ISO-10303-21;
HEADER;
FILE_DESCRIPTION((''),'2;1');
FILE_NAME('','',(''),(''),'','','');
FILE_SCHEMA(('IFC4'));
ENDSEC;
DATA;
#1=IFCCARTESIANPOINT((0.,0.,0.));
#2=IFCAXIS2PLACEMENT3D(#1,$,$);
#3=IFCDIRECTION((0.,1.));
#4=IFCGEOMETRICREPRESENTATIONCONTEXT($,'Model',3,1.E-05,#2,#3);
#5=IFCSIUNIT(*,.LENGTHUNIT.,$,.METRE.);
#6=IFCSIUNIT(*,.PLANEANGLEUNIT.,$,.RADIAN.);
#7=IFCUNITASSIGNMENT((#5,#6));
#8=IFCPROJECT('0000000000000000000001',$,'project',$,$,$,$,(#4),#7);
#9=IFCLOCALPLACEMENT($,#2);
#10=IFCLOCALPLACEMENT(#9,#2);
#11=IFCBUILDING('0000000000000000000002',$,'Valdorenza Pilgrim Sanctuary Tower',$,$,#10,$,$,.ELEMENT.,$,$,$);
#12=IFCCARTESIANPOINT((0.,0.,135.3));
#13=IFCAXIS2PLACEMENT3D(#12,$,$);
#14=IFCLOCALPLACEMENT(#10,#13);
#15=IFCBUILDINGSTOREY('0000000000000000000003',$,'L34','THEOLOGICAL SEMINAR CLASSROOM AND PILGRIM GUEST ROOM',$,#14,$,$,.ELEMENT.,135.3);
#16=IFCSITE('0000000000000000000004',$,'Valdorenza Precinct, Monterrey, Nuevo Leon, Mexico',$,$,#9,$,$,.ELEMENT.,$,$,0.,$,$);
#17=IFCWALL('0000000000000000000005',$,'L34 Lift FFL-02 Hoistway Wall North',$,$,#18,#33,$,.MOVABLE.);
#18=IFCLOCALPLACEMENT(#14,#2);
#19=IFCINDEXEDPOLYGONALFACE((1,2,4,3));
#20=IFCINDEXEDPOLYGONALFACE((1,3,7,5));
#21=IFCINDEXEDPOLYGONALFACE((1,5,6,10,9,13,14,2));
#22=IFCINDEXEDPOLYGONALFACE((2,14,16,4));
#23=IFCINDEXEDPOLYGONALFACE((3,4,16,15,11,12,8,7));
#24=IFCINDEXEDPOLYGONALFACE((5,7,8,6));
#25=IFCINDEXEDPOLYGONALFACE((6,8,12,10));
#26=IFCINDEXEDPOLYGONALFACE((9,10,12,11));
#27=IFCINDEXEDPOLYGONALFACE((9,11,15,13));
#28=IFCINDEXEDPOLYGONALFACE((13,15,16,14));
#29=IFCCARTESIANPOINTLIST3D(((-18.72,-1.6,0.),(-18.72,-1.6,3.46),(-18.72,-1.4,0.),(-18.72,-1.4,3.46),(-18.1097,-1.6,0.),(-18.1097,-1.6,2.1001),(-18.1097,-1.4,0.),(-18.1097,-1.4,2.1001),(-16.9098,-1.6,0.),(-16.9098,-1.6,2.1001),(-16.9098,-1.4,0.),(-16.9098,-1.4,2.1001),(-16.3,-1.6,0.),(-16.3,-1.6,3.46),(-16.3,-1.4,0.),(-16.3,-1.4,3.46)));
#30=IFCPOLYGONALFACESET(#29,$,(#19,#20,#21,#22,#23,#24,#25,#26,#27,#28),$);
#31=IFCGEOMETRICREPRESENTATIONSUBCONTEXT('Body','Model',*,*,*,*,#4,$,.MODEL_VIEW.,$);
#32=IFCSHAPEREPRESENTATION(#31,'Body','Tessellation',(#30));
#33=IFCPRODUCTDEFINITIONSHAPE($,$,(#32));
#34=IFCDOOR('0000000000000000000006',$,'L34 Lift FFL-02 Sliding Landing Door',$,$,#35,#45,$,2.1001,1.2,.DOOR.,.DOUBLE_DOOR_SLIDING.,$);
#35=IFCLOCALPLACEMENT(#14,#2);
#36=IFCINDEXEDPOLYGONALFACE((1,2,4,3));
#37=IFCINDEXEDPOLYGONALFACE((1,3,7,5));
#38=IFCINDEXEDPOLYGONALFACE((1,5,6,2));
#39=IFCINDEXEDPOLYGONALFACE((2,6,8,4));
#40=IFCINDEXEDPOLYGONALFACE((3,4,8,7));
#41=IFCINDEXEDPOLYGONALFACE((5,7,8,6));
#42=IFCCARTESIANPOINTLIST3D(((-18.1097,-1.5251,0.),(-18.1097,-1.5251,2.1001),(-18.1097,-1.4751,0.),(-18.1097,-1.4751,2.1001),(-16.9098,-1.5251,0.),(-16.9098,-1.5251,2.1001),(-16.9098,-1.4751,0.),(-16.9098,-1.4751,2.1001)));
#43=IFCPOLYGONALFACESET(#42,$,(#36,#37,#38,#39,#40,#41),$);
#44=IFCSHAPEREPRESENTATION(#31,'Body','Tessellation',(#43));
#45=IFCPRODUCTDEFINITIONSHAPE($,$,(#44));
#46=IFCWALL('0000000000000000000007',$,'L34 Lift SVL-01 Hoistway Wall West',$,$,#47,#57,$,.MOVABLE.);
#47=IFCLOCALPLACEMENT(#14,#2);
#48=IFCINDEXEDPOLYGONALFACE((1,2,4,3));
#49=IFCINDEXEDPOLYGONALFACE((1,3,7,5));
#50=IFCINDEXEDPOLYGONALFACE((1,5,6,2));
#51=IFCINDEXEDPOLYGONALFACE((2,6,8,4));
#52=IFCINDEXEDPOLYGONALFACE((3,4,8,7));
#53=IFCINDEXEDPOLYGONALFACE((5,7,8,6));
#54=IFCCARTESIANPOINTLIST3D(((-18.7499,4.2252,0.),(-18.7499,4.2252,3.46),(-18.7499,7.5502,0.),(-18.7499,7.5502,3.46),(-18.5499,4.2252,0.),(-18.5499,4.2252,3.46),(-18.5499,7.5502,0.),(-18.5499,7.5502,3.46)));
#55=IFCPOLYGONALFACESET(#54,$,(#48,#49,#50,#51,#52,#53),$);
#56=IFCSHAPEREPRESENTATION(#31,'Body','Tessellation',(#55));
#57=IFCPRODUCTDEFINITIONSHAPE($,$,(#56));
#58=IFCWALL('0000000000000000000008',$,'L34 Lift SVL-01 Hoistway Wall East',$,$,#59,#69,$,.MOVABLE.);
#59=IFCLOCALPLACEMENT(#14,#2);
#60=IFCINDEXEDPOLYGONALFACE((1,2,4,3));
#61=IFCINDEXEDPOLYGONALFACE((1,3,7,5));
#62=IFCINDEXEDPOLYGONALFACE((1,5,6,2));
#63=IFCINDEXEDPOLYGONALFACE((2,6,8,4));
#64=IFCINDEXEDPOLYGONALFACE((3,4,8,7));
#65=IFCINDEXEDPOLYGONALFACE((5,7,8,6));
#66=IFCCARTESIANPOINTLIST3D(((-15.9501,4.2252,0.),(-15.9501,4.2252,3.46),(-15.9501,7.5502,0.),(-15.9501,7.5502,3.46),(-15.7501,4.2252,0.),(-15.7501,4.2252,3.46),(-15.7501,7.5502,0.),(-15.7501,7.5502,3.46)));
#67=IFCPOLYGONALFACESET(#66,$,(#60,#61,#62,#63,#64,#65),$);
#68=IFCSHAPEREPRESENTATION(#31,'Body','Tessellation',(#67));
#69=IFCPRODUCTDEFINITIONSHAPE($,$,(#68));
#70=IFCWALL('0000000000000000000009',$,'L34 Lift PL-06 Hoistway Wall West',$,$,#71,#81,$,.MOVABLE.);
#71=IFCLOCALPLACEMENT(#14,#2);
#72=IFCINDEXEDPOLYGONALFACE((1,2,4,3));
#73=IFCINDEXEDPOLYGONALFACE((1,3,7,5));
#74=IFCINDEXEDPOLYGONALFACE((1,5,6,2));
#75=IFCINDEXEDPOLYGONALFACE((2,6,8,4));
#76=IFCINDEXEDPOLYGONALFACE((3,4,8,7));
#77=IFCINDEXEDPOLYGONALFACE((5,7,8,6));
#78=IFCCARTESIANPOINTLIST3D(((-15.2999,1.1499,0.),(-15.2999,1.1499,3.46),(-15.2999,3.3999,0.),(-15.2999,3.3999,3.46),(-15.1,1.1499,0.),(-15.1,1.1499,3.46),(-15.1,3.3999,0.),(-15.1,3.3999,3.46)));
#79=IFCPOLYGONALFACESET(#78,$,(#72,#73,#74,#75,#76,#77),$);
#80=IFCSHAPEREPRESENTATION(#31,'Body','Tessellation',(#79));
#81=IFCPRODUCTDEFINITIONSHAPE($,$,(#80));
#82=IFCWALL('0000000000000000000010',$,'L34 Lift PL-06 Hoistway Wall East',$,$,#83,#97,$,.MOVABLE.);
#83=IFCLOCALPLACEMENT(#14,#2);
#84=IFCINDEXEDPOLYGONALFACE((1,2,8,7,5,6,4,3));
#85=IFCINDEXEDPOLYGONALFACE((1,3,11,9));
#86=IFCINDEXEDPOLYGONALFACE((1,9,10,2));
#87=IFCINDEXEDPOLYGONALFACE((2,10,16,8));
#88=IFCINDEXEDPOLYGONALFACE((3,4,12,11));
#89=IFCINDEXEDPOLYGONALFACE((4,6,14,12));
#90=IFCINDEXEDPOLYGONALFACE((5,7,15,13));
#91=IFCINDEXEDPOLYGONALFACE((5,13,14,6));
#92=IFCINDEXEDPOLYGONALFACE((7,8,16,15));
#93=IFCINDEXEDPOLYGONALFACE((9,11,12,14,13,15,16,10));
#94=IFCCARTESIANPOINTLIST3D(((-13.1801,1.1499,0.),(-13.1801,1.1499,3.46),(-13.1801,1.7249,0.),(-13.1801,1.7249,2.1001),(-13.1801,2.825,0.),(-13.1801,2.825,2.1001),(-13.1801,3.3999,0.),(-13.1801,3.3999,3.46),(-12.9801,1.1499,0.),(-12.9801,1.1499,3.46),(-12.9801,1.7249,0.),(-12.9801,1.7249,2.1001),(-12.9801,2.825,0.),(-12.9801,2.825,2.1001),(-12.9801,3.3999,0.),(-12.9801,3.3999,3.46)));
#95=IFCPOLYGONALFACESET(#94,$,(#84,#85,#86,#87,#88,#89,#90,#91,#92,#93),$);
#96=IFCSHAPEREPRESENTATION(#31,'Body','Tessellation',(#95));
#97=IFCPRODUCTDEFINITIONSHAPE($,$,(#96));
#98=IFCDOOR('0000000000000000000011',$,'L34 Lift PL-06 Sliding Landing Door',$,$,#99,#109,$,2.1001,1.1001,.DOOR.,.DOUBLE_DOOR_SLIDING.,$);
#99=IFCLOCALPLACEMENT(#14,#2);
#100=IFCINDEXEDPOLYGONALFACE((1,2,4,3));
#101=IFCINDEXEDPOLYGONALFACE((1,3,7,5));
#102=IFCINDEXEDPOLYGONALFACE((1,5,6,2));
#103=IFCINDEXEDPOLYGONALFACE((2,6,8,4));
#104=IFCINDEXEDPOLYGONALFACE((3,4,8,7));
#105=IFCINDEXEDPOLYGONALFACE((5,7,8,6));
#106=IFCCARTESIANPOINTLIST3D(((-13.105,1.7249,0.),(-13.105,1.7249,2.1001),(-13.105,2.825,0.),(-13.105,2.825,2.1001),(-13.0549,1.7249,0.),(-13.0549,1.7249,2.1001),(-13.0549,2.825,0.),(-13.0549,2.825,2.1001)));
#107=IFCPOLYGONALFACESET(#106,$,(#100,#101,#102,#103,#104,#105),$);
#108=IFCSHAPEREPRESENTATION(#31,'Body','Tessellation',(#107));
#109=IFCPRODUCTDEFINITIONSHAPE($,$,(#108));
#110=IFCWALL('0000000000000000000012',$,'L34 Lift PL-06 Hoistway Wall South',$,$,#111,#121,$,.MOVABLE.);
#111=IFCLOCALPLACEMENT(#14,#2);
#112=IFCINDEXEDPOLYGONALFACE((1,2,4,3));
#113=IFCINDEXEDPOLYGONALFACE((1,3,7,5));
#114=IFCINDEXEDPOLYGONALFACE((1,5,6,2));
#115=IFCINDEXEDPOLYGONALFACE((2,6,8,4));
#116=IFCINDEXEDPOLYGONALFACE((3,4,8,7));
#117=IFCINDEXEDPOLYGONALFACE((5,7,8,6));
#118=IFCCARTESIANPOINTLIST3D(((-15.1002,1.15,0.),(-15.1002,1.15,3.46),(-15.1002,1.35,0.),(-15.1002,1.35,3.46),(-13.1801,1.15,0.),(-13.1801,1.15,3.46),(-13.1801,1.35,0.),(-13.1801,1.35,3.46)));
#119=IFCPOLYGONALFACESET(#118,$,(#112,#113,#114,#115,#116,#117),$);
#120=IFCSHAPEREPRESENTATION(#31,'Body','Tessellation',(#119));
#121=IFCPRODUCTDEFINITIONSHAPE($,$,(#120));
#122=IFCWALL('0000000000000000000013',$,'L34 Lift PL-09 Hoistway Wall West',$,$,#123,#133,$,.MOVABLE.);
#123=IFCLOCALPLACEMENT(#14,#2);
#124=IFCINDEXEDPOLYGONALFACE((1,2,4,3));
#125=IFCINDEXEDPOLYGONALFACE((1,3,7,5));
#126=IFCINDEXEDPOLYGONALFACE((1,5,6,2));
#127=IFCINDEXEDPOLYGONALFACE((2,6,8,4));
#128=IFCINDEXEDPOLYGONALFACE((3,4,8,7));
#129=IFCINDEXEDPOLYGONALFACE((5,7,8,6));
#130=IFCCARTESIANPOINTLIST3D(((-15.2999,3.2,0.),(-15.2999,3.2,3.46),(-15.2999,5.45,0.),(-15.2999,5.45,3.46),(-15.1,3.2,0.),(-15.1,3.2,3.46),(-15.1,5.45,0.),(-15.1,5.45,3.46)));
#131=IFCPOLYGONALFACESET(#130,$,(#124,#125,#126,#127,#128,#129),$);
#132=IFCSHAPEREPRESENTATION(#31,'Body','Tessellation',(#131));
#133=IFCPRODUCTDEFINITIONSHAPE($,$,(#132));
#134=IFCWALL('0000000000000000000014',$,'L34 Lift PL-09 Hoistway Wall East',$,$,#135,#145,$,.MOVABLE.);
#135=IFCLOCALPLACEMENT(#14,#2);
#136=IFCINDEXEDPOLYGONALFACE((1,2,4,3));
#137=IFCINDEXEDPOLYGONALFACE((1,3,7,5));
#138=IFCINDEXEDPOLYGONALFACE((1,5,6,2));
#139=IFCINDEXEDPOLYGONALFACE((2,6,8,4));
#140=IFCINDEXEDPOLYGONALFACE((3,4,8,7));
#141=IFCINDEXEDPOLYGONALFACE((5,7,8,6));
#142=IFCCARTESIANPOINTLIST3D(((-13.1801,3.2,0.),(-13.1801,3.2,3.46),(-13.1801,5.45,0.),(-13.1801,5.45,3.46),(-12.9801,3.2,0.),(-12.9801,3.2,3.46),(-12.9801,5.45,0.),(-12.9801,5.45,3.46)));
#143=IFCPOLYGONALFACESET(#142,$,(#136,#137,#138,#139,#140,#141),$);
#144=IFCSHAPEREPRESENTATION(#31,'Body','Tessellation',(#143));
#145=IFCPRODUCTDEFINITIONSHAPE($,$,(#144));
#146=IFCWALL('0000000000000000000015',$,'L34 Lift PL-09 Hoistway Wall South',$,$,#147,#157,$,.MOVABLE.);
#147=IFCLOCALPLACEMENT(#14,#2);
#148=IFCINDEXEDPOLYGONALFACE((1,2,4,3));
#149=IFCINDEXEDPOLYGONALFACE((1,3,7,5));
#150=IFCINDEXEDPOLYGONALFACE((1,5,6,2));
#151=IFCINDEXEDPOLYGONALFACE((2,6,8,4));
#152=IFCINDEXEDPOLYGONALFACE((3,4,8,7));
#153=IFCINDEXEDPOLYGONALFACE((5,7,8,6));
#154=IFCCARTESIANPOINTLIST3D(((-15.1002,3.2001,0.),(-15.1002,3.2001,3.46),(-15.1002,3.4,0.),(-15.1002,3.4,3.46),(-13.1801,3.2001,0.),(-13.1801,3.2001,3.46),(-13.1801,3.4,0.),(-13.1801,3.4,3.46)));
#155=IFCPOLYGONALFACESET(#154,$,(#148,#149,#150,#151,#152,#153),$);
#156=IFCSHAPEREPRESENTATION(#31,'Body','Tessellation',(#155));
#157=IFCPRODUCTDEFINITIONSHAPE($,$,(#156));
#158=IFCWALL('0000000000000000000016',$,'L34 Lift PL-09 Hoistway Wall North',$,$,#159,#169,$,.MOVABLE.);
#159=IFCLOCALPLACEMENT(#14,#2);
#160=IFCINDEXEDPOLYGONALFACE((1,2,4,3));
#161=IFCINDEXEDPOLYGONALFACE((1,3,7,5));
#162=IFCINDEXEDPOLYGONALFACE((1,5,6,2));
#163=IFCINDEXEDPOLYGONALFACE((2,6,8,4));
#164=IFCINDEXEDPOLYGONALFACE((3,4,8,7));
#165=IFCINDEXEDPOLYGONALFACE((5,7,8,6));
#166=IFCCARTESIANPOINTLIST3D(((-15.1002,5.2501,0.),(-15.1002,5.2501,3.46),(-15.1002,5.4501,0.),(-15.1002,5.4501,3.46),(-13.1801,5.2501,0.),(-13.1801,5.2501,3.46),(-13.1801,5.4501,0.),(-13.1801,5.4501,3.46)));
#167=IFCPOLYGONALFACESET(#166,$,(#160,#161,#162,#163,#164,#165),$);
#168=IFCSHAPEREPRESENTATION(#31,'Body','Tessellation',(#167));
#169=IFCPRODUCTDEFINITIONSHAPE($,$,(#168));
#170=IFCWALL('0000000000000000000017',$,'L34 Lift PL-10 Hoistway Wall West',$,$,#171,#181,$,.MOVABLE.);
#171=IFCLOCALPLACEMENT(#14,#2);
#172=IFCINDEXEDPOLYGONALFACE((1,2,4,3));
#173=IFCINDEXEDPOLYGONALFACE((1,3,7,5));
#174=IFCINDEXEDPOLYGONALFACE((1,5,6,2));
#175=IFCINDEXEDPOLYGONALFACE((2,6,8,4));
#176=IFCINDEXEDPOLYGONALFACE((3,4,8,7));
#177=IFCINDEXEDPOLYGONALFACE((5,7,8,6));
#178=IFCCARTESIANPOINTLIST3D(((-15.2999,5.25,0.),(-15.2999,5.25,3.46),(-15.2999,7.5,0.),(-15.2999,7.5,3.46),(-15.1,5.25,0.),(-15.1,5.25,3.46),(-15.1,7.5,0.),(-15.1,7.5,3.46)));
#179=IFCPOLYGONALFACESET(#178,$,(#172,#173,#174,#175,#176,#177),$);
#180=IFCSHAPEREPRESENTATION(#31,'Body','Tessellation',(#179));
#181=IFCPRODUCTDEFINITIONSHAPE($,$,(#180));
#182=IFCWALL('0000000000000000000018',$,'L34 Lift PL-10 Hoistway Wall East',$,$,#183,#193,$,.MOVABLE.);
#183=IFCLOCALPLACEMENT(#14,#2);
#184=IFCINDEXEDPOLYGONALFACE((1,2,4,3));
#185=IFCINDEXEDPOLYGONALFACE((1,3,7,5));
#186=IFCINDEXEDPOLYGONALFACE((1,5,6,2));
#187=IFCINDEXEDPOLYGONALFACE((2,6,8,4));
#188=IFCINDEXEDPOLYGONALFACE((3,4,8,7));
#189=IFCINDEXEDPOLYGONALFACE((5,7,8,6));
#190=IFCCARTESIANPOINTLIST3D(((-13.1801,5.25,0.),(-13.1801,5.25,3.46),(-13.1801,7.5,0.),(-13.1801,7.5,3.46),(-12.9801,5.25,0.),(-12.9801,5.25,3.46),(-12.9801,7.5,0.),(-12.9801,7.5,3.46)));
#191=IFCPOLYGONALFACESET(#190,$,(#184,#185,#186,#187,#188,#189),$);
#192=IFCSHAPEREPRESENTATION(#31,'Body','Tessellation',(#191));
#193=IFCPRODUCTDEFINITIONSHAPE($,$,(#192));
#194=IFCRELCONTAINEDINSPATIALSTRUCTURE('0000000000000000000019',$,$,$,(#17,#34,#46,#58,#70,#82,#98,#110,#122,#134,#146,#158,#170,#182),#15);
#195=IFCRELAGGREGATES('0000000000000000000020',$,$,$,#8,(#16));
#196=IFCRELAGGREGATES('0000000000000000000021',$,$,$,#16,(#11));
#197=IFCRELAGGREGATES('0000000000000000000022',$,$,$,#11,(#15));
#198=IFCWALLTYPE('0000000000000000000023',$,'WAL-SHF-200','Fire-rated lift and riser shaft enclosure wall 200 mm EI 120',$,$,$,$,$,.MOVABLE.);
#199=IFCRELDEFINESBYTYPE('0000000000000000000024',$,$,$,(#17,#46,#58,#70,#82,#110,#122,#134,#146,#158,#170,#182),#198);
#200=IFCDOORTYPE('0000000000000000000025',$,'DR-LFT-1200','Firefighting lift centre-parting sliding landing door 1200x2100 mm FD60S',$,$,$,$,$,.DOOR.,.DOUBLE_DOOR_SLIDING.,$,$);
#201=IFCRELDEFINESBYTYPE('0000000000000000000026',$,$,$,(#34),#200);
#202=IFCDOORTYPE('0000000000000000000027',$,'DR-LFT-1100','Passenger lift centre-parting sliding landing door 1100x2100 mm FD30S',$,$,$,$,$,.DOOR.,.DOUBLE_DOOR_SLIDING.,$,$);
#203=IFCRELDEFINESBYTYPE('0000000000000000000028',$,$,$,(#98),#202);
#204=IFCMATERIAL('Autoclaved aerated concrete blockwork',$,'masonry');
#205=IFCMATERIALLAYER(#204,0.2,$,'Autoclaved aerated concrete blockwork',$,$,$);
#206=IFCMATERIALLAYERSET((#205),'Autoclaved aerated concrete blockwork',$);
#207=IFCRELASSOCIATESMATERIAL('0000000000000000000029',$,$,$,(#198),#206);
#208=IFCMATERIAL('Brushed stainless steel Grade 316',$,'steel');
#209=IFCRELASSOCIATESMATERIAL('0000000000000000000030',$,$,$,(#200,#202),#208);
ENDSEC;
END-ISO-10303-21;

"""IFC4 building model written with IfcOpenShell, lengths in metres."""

from ifc_helpers import new_model, si_unit, direction, frame, frame_2d, origin, place, context, subcontext, project, spatial, rectangle, extrude, material, layer, layer_set, type_object, element, fill, save


model = new_model("IFC4")

# Units and contexts
model_context = context("Model", 3, precision=1e-05, world=origin(), true_north=direction((0.0, 1.0)))
body_context = subcontext(model_context, "Body", "Model", "MODEL_VIEW")
ifc_project = project(units=[si_unit("LENGTHUNIT", "METRE"), si_unit("PLANEANGLEUNIT", "RADIAN")], contexts=[model_context])

# Site, building, storey
site_placement = place(None, origin())
site = spatial("IfcSite", under=ifc_project, at=site_placement, Name="Valdorenza Precinct, Monterrey, Nuevo Leon, Mexico", CompositionType="ELEMENT", RefElevation=0.0)
building_placement = place(site_placement, origin())
building = spatial("IfcBuilding", under=site, at=building_placement, Name="Valdorenza Pilgrim Sanctuary Tower", CompositionType="ELEMENT")
storey_placement = place(building_placement, frame((0.0, 0.0, 135.3)))
storey = spatial("IfcBuildingStorey", under=building, at=storey_placement, Name="L34", Description="THEOLOGICAL SEMINAR CLASSROOM AND PILGRIM GUEST ROOM", CompositionType="ELEMENT", Elevation=135.3)

# Shared definitions
ifc_material_1 = material(Name="Autoclaved aerated concrete blockwork", Category="masonry")
ifc_layer_1 = layer(ifc_material_1, 0.2, Name="Autoclaved aerated concrete blockwork")
ifc_layer_set_1 = layer_set([ifc_layer_1], Name="Autoclaved aerated concrete blockwork")
wall_type_1 = type_object("IfcWallType", Name="WAL-SHF-200", Description="Fire-rated lift and riser shaft enclosure wall 200 mm EI 120", PredefinedType="MOVABLE", material=ifc_layer_set_1)

# Shared definitions
ifc_material_2 = material(Name="Brushed stainless steel Grade 316", Category="steel")
door_type_1 = type_object("IfcDoorType", Name="DR-LFT-1200", Description="Firefighting lift centre-parting sliding landing door 1200x2100 mm FD60S", OperationType="DOUBLE_DOOR_SLIDING", PredefinedType="DOOR", material=ifc_material_2)

# Wall, opening, door
wall_1_placement = place(storey_placement, frame((-18.72, -1.5, 0.0), z_axis=(0.0, 0.0, 1.0), x_axis=(1.0, 0.0, 0.0)))
wall_1 = element("IfcWall", 1, at=wall_1_placement, inside=storey, type_object=wall_type_1, Name="L34 Lift FFL-02 Hoistway Wall North", PredefinedType="MOVABLE", context=body_context, shape_type="SweptSolid", body=[
    extrude(rectangle(XDim=2.4199, YDim=0.2, at=frame_2d((1.21, 0.0))), origin(), (0.0, 0.0, 1.0), 3.46),
])
opening_1_placement = place(wall_1_placement, frame((0.6101, 0.0, 0.0)))
opening_1 = element("IfcOpeningElement", 2, at=opening_1_placement, cuts=wall_1, PredefinedType="OPENING", context=body_context, shape_type="SweptSolid", body=[
    extrude(rectangle(XDim=1.2, YDim=2.1001, at=frame_2d((0.6001, 1.05))), frame((0.0, 0.1147, 0.0), z_axis=(0.0, -1.0, 0.0), x_axis=(1.0, 0.0, 0.0)), (0.0, 0.0, 1.0), 0.2297),
])
door_1_placement = place(opening_1_placement, origin())
door_1 = element("IfcDoor", 3, at=door_1_placement, inside=storey, type_object=door_type_1, Name="L34 Lift FFL-02 Sliding Landing Door", OperationType="DOUBLE_DOOR_SLIDING", OverallHeight=2.1001, OverallWidth=1.2, PredefinedType="DOOR", context=body_context, shape_type="SweptSolid", body=[
    extrude(rectangle(XDim=1.2, YDim=2.1001, at=frame_2d((0.6001, 1.05))), frame((0.0, 0.0249, 0.0), z_axis=(0.0, -1.0, 0.0), x_axis=(1.0, 0.0, 0.0)), (0.0, 0.0, 1.0), 0.05),
])
fill(opening_1, door_1)

# Walls
for number, where, z_axis, x_axis, name in (
    (4, (-18.6499, 4.2251, 0.0), (0.0, 0.0, 1.0), (0.0, 1.0, 0.0), "L34 Lift SVL-01 Hoistway Wall West"),
    (5, (-15.8501, 4.2251, 0.0), (0.0, 0.0, 1.0), (0.0, 1.0, 0.0), "L34 Lift SVL-01 Hoistway Wall East"),
):
    element("IfcWall", number, at=place(storey_placement, frame(where, z_axis=z_axis, x_axis=x_axis)), inside=storey, type_object=wall_type_1, Name=name, PredefinedType="MOVABLE", context=body_context, shape_type="SweptSolid", body=[
        extrude(rectangle(XDim=3.325, YDim=0.2, at=frame_2d((1.6626, 0.0))), origin(), (0.0, 0.0, 1.0), 3.46),
    ])
wall_2_placement = place(storey_placement, frame((-15.2, 1.1499, 0.0), z_axis=(0.0, 0.0, 1.0), x_axis=(0.0, 1.0, 0.0)))
element("IfcWall", 6, at=wall_2_placement, inside=storey, type_object=wall_type_1, Name="L34 Lift PL-06 Hoistway Wall West", PredefinedType="MOVABLE", context=body_context, shape_type="SweptSolid", body=[
    extrude(rectangle(XDim=2.25, YDim=0.2, at=frame_2d((1.125, 0.0))), origin(), (0.0, 0.0, 1.0), 3.46),
])

# Wall, opening, door
wall_3_placement = place(storey_placement, frame((-13.0801, 1.1499, 0.0), z_axis=(0.0, 0.0, 1.0), x_axis=(0.0, 1.0, 0.0)))
wall_3 = element("IfcWall", 7, at=wall_3_placement, inside=storey, type_object=wall_type_1, Name="L34 Lift PL-06 Hoistway Wall East", PredefinedType="MOVABLE", context=body_context, shape_type="SweptSolid", body=[
    extrude(rectangle(XDim=2.25, YDim=0.2, at=frame_2d((1.125, 0.0))), origin(), (0.0, 0.0, 1.0), 3.46),
])
opening_2_placement = place(wall_3_placement, frame((0.575, 0.0, 0.0)))
opening_2 = element("IfcOpeningElement", 8, at=opening_2_placement, cuts=wall_3, PredefinedType="OPENING", context=body_context, shape_type="SweptSolid", body=[
    extrude(rectangle(XDim=1.1001, YDim=2.1001, at=frame_2d((0.55, 1.05))), frame((0.0, 0.1147, 0.0), z_axis=(0.0, -1.0, 0.0), x_axis=(1.0, 0.0, 0.0)), (0.0, 0.0, 1.0), 0.2297),
])
door_type_2 = type_object("IfcDoorType", Name="DR-LFT-1100", Description="Passenger lift centre-parting sliding landing door 1100x2100 mm FD30S", OperationType="DOUBLE_DOOR_SLIDING", PredefinedType="DOOR", material=ifc_material_2)
door_2_placement = place(opening_2_placement, origin())
door_2 = element("IfcDoor", 9, at=door_2_placement, inside=storey, type_object=door_type_2, Name="L34 Lift PL-06 Sliding Landing Door", OperationType="DOUBLE_DOOR_SLIDING", OverallHeight=2.1001, OverallWidth=1.1001, PredefinedType="DOOR", context=body_context, shape_type="SweptSolid", body=[
    extrude(rectangle(XDim=1.1001, YDim=2.1001, at=frame_2d((0.55, 1.05))), frame((0.0, 0.0249, 0.0), z_axis=(0.0, -1.0, 0.0), x_axis=(1.0, 0.0, 0.0)), (0.0, 0.0, 1.0), 0.05),
])
fill(opening_2, door_2)

# Walls
wall_4_placement = place(storey_placement, frame((-15.1001, 1.25, 0.0), z_axis=(0.0, 0.0, 1.0), x_axis=(1.0, 0.0, 0.0)))
element("IfcWall", 10, at=wall_4_placement, inside=storey, type_object=wall_type_1, Name="L34 Lift PL-06 Hoistway Wall South", PredefinedType="MOVABLE", context=body_context, shape_type="SweptSolid", body=[
    extrude(rectangle(XDim=1.9202, YDim=0.2, at=frame_2d((0.96, 0.0))), origin(), (0.0, 0.0, 1.0), 3.46),
])
for number, where, z_axis, x_axis, name in (
    (11, (-15.2, 3.2, 0.0), (0.0, 0.0, 1.0), (0.0, 1.0, 0.0), "L34 Lift PL-09 Hoistway Wall West"),
    (12, (-13.0801, 3.2, 0.0), (0.0, 0.0, 1.0), (0.0, 1.0, 0.0), "L34 Lift PL-09 Hoistway Wall East"),
):
    element("IfcWall", number, at=place(storey_placement, frame(where, z_axis=z_axis, x_axis=x_axis)), inside=storey, type_object=wall_type_1, Name=name, PredefinedType="MOVABLE", context=body_context, shape_type="SweptSolid", body=[
        extrude(rectangle(XDim=2.25, YDim=0.2, at=frame_2d((1.125, 0.0))), origin(), (0.0, 0.0, 1.0), 3.46),
    ])
for number, where, z_axis, x_axis, name in (
    (13, (-15.1001, 3.3, 0.0), (0.0, 0.0, 1.0), (1.0, 0.0, 0.0), "L34 Lift PL-09 Hoistway Wall South"),
    (14, (-15.1001, 5.3501, 0.0), (0.0, 0.0, 1.0), (1.0, 0.0, 0.0), "L34 Lift PL-09 Hoistway Wall North"),
):
    element("IfcWall", number, at=place(storey_placement, frame(where, z_axis=z_axis, x_axis=x_axis)), inside=storey, type_object=wall_type_1, Name=name, PredefinedType="MOVABLE", context=body_context, shape_type="SweptSolid", body=[
        extrude(rectangle(XDim=1.9202, YDim=0.2, at=frame_2d((0.96, 0.0))), origin(), (0.0, 0.0, 1.0), 3.46),
    ])
for number, where, z_axis, x_axis, name in (
    (15, (-15.2, 5.25, 0.0), (0.0, 0.0, 1.0), (0.0, 1.0, 0.0), "L34 Lift PL-10 Hoistway Wall West"),
    (16, (-13.0801, 5.25, 0.0), (0.0, 0.0, 1.0), (0.0, 1.0, 0.0), "L34 Lift PL-10 Hoistway Wall East"),
):
    element("IfcWall", number, at=place(storey_placement, frame(where, z_axis=z_axis, x_axis=x_axis)), inside=storey, type_object=wall_type_1, Name=name, PredefinedType="MOVABLE", context=body_context, shape_type="SweptSolid", body=[
        extrude(rectangle(XDim=2.25, YDim=0.2, at=frame_2d((1.125, 0.0))), origin(), (0.0, 0.0, 1.0), 3.46),
    ])

save(model, "model.ifc")
